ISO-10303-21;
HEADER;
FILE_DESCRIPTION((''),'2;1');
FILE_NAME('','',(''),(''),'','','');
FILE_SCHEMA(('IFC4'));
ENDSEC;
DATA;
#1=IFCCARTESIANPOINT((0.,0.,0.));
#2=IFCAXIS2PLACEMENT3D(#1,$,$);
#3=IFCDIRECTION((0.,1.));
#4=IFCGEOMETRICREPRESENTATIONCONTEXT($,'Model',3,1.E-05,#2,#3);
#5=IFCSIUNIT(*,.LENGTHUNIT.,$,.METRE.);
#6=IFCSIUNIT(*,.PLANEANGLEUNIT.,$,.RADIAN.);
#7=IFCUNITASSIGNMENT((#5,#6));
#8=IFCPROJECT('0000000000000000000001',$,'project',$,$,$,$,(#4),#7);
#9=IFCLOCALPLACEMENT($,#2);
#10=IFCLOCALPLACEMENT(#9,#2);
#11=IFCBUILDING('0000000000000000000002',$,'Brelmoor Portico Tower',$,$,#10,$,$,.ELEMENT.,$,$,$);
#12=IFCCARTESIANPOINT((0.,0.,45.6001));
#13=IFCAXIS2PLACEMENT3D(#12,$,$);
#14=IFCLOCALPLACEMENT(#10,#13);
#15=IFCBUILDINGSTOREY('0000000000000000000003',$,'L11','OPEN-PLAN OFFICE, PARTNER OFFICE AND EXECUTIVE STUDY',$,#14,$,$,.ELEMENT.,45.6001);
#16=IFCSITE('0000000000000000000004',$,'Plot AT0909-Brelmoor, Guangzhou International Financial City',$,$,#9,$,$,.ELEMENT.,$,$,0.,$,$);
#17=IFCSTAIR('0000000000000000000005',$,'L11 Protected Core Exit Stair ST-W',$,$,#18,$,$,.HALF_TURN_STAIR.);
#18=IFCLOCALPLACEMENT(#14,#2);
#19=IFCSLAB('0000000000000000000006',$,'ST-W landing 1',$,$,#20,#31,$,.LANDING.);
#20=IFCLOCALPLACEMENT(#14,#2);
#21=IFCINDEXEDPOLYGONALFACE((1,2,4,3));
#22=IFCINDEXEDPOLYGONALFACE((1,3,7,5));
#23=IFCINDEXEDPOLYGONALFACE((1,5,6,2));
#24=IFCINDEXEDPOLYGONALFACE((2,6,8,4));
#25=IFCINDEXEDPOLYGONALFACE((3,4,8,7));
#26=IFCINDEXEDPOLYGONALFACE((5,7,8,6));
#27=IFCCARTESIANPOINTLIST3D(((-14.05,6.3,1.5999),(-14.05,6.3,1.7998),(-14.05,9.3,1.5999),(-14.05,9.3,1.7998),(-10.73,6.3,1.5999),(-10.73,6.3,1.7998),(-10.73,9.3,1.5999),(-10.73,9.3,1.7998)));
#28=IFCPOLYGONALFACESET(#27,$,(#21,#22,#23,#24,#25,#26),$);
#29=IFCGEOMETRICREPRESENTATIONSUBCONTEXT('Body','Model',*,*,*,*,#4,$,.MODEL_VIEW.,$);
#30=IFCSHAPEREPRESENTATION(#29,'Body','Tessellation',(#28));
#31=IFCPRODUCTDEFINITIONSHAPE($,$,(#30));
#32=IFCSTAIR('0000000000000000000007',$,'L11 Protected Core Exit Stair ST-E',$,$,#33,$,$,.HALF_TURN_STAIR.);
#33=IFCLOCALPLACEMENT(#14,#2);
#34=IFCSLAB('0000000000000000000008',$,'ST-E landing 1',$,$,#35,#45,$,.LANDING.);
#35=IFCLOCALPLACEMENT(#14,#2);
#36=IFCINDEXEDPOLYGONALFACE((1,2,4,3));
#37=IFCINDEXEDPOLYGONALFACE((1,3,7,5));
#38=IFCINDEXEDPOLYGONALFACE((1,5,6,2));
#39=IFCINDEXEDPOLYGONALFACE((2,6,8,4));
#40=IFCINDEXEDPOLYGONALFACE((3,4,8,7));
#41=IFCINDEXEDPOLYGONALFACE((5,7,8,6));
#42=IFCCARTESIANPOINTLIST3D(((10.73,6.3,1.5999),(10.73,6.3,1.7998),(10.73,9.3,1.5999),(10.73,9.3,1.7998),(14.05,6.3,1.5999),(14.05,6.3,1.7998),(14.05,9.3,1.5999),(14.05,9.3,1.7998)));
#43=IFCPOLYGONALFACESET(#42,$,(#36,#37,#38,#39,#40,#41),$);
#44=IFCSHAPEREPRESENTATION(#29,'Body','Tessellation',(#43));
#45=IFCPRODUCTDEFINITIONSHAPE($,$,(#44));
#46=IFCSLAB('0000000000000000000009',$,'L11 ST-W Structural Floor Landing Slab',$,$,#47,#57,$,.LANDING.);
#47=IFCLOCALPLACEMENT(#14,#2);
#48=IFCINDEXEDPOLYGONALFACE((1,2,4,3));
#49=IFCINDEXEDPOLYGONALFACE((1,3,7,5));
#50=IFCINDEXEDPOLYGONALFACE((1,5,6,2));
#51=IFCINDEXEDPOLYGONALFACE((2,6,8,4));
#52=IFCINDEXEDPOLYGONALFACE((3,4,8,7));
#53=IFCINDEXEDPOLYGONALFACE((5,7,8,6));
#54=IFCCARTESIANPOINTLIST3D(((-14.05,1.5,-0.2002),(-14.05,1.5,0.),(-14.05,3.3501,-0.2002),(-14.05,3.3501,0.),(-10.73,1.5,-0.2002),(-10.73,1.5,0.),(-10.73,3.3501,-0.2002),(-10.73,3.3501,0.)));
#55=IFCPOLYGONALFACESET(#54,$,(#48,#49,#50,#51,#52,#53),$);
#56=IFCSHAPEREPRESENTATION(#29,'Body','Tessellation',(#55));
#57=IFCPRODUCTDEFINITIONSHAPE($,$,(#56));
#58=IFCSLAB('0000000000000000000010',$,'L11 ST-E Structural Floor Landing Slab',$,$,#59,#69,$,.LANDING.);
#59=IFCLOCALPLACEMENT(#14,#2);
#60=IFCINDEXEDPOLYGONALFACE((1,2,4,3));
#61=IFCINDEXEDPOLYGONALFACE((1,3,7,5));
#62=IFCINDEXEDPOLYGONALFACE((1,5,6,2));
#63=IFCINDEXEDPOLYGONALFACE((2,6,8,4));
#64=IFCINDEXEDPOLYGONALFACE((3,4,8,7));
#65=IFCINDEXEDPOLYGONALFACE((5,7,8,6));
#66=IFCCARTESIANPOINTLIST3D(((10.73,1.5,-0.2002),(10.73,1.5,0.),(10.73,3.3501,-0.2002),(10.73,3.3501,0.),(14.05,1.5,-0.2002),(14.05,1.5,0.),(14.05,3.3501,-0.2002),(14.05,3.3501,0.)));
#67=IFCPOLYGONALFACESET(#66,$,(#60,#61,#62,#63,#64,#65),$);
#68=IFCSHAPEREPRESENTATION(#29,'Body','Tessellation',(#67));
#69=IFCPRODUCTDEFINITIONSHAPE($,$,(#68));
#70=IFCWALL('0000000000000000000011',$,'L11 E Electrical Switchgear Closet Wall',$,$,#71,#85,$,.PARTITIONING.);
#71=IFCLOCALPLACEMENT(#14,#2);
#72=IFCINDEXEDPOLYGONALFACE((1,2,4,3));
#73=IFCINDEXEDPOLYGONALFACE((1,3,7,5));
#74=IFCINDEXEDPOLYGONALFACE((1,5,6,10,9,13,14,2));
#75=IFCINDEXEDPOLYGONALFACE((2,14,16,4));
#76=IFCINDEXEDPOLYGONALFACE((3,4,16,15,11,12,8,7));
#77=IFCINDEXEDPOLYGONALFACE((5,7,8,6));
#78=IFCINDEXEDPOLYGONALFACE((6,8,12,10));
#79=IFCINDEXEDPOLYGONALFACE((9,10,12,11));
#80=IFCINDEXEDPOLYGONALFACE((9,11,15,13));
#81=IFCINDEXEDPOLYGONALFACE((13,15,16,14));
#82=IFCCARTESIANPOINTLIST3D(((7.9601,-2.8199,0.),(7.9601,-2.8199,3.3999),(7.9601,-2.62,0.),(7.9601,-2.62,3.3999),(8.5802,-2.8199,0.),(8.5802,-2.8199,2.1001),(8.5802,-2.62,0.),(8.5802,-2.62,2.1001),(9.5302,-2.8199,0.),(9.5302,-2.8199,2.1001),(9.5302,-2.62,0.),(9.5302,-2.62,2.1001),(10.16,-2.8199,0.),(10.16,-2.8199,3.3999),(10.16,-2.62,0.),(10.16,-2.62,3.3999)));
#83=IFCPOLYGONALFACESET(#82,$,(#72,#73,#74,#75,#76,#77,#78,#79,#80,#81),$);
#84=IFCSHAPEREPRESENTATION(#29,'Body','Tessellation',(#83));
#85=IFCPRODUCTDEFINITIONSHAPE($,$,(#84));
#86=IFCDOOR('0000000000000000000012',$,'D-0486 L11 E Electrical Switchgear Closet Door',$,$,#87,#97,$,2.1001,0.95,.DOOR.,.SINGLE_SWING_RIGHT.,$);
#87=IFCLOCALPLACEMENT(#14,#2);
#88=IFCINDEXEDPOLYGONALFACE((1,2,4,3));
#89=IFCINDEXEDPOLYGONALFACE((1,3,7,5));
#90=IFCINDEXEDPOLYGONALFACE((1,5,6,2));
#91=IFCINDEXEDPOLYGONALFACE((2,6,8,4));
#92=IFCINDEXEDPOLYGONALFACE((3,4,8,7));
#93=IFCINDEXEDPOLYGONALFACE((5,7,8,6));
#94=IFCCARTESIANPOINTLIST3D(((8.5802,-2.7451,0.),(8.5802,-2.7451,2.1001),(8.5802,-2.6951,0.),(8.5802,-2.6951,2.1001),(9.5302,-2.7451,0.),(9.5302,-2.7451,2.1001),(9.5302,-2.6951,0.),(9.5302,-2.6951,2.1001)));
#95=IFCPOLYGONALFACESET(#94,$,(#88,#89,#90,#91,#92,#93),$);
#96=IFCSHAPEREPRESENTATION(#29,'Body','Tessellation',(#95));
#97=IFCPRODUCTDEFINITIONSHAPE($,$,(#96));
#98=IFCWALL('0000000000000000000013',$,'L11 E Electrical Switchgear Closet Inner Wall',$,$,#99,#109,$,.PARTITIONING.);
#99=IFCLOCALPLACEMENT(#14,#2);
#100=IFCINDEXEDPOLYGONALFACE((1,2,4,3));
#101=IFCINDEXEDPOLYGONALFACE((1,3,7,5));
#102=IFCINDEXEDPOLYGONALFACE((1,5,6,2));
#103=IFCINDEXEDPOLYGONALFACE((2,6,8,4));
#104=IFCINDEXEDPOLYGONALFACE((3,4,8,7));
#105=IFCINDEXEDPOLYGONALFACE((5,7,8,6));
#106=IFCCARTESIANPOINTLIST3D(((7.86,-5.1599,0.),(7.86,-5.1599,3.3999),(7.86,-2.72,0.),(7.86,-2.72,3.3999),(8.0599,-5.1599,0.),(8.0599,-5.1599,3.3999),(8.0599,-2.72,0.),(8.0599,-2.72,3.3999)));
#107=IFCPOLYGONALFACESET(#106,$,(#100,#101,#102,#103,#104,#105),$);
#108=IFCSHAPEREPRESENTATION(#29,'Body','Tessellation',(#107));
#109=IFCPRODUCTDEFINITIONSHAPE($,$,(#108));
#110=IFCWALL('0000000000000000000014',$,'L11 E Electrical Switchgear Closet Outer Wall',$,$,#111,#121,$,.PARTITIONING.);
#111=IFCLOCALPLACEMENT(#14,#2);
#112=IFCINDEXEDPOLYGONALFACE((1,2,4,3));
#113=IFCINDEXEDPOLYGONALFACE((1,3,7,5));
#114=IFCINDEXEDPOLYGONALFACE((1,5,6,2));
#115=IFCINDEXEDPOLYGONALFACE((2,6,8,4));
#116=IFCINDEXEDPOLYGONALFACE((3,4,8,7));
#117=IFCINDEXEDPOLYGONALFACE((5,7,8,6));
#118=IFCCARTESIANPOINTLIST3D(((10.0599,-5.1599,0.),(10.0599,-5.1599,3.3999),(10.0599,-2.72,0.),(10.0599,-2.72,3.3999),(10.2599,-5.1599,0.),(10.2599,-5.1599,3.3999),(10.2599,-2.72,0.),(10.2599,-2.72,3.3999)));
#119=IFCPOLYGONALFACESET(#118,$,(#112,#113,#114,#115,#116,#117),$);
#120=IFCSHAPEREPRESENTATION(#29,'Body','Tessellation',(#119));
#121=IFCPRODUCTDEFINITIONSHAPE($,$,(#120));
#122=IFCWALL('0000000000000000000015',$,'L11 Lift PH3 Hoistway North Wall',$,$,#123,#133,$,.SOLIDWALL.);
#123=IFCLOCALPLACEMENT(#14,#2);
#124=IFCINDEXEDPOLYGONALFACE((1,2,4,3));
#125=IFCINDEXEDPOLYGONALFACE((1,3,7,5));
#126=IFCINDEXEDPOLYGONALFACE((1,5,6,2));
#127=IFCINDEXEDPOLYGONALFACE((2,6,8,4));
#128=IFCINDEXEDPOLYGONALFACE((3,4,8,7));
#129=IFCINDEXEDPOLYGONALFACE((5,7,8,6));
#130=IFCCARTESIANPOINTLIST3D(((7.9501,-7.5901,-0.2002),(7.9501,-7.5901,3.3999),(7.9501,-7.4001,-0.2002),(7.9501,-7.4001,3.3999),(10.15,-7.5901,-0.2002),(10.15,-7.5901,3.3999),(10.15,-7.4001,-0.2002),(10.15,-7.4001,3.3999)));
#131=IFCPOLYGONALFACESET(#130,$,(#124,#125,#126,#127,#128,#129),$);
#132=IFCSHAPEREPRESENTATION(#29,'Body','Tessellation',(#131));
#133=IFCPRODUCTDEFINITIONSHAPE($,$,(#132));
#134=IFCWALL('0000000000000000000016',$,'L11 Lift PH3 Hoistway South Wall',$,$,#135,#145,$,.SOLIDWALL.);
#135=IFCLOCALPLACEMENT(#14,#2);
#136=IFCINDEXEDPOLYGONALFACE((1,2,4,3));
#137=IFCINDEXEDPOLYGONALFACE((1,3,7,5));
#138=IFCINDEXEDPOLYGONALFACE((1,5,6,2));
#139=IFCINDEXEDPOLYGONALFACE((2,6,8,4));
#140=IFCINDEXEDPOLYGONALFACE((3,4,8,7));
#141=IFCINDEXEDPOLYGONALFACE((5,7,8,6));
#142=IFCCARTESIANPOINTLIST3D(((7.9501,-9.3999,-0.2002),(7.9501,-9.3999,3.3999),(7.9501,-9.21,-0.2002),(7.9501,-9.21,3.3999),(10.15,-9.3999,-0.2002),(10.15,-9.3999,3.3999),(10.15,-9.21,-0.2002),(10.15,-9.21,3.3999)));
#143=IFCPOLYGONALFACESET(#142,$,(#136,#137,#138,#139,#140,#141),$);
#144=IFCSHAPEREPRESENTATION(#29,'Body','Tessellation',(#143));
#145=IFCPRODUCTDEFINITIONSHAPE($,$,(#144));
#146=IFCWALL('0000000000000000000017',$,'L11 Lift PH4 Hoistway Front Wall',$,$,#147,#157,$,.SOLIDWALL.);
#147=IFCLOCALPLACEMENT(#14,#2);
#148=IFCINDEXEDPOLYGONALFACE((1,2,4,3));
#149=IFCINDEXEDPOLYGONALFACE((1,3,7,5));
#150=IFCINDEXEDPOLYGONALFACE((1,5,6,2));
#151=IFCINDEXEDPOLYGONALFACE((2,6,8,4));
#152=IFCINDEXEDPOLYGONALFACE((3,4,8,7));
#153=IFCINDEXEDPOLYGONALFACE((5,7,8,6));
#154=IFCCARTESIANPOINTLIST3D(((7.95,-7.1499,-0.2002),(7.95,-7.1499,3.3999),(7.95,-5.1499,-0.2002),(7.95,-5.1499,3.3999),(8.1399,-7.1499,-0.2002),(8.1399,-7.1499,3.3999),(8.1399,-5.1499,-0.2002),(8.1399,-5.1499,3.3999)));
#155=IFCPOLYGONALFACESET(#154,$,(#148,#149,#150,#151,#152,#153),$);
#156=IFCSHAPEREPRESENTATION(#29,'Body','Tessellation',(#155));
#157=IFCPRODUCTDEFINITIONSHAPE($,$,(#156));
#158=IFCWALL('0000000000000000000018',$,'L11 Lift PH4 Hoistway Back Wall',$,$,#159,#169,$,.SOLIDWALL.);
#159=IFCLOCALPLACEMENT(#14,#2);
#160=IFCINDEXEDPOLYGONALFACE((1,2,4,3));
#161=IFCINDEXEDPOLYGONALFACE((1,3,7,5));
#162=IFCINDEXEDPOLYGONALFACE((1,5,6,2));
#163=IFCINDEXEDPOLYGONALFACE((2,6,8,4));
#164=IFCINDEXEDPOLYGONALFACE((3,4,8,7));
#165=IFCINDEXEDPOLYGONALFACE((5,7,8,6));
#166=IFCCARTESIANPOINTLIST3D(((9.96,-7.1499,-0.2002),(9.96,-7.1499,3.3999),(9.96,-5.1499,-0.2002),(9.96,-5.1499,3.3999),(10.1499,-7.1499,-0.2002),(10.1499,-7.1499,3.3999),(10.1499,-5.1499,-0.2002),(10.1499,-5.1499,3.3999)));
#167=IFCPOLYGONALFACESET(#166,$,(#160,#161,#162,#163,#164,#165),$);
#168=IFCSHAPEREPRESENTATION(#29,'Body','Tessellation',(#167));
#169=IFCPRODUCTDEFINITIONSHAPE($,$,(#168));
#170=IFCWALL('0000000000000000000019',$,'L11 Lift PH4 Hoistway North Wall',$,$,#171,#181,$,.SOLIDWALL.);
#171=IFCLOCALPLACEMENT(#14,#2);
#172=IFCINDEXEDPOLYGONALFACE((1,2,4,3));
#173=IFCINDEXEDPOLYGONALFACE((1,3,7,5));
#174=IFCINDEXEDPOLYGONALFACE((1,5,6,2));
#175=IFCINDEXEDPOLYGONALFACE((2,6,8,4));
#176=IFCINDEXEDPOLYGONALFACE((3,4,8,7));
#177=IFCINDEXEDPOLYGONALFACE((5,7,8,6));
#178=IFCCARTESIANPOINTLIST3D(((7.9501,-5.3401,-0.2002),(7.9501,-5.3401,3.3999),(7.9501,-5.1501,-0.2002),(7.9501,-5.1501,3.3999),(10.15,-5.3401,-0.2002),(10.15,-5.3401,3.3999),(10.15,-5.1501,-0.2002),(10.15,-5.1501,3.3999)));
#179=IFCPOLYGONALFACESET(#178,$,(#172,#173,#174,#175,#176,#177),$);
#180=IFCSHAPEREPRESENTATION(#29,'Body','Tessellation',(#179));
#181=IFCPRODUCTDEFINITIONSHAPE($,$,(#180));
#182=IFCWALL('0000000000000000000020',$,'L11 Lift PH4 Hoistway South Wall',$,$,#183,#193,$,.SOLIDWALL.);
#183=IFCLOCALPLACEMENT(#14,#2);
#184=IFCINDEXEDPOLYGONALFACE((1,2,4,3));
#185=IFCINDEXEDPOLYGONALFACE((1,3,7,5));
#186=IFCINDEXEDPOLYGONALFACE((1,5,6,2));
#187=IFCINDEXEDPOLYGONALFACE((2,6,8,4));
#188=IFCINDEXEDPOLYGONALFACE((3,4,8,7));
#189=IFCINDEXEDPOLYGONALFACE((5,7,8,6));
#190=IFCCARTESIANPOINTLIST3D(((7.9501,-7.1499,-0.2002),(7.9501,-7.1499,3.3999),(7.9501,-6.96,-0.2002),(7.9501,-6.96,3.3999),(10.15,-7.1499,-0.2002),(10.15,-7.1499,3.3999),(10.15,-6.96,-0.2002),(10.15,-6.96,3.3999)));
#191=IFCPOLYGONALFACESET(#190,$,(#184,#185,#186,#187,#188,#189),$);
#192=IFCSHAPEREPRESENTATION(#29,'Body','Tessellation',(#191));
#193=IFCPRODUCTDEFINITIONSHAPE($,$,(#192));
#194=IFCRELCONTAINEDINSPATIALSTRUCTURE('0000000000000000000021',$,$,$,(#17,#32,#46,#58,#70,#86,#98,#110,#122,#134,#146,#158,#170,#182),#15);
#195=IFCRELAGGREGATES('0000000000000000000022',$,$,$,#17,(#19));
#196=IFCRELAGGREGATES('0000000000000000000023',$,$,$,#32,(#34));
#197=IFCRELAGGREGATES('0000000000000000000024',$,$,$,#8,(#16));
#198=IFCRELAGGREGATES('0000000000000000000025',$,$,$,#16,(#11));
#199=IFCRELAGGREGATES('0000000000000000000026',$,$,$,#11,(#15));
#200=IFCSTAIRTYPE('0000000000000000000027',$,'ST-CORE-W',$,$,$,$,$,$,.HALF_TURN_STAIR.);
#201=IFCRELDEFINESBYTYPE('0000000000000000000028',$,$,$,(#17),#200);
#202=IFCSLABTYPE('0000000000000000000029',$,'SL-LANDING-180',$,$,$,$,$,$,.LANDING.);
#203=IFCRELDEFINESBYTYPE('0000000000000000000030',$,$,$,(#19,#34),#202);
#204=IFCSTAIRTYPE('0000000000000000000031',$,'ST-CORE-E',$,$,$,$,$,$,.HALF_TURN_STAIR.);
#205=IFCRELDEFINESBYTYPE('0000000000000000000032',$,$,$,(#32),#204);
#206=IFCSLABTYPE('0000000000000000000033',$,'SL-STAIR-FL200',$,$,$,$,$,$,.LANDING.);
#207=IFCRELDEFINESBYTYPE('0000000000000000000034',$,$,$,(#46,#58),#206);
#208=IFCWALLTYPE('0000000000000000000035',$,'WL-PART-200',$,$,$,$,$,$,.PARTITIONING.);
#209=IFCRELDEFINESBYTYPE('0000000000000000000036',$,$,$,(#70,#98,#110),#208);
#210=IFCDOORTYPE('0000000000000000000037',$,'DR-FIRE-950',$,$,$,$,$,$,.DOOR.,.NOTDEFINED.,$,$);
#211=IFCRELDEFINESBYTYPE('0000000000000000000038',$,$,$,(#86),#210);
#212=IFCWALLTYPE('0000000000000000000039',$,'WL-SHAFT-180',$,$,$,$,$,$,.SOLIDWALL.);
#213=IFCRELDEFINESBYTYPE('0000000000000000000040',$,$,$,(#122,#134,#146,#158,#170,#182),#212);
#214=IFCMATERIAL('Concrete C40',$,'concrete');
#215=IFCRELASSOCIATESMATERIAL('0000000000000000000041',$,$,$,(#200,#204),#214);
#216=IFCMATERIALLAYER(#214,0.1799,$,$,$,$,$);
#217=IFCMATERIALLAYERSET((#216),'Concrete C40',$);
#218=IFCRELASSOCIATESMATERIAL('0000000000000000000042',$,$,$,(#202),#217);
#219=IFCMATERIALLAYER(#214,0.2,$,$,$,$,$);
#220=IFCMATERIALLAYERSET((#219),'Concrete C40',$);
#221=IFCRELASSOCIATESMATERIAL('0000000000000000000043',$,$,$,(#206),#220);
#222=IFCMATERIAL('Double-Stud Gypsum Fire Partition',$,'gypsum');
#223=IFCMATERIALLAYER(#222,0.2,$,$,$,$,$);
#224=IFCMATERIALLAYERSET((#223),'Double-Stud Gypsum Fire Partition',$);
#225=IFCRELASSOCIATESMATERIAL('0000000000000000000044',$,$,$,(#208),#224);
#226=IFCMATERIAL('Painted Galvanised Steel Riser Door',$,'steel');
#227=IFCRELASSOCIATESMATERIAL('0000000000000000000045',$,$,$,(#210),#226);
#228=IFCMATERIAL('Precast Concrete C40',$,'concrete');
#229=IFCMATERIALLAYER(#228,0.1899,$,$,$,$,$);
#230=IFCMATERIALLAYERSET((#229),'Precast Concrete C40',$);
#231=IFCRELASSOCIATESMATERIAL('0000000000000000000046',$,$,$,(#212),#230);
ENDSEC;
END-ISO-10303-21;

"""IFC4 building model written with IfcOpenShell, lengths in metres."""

from ifc_helpers import new_model, si_unit, direction, frame, frame_2d, origin, place, context, subcontext, project, spatial, polyline, rectangle, outline, extrude, material, layer, layer_set, type_object, element, fill, aggregate, save


model = new_model("IFC4")

# Units and contexts
model_context = context("Model", 3, precision=1e-05, world=origin(), true_north=direction((0.0, 1.0)))
body_context = subcontext(model_context, "Body", "Model", "MODEL_VIEW")
ifc_project = project(units=[si_unit("LENGTHUNIT", "METRE"), si_unit("PLANEANGLEUNIT", "RADIAN")], contexts=[model_context])

# Site, building, storey
site_placement = place(None, origin())
site = spatial("IfcSite", under=ifc_project, at=site_placement, Name="Plot AT0909-Brelmoor, Guangzhou International Financial City", CompositionType="ELEMENT", RefElevation=0.0)
building_placement = place(site_placement, origin())
building = spatial("IfcBuilding", under=site, at=building_placement, Name="Brelmoor Portico Tower", CompositionType="ELEMENT")
storey_placement = place(building_placement, frame((0.0, 0.0, 45.6001)))
storey = spatial("IfcBuildingStorey", under=building, at=storey_placement, Name="L11", Description="OPEN-PLAN OFFICE, PARTNER OFFICE AND EXECUTIVE STUDY", CompositionType="ELEMENT", Elevation=45.6001)

# Shared definitions
ifc_material_1 = material(Name="Concrete C40", Category="concrete")

# Stairs, slabs
stair_type_1 = type_object("IfcStairType", Name="ST-CORE-W", PredefinedType="HALF_TURN_STAIR", material=ifc_material_1)
stair_1_placement = place(storey_placement, origin())
stair_1 = element("IfcStair", 1, at=stair_1_placement, inside=storey, type_object=stair_type_1, Name="L11 Protected Core Exit Stair ST-W", PredefinedType="HALF_TURN_STAIR")
ifc_layer_1 = layer(ifc_material_1, 0.1799)
ifc_layer_set_1 = layer_set([ifc_layer_1], Name="Concrete C40")
slab_type_1 = type_object("IfcSlabType", Name="SL-LANDING-180", PredefinedType="LANDING", material=ifc_layer_set_1)
slab_1_placement = place(storey_placement, frame((0.0, 0.0, 1.5999)))
slab_1 = element("IfcSlab", 2, at=slab_1_placement, type_object=slab_type_1, Name="ST-W landing 1", PredefinedType="LANDING", context=body_context, shape_type="SweptSolid", body=[
    extrude(outline(polyline([(-10.73, 6.3), (-10.73, 9.3), (-14.05, 9.3), (-14.05, 6.3), (-10.73, 6.3)])), origin(), (0.0, 0.0, 1.0), 0.2),
])
aggregate(stair_1, [slab_1])
stair_type_2 = type_object("IfcStairType", Name="ST-CORE-E", PredefinedType="HALF_TURN_STAIR", material=ifc_material_1)
stair_2_placement = place(storey_placement, origin())
stair_2 = element("IfcStair", 3, at=stair_2_placement, inside=storey, type_object=stair_type_2, Name="L11 Protected Core Exit Stair ST-E", PredefinedType="HALF_TURN_STAIR")
slab_2_placement = place(storey_placement, frame((0.0, 0.0, 1.5999)))
slab_2 = element("IfcSlab", 4, at=slab_2_placement, type_object=slab_type_1, Name="ST-E landing 1", PredefinedType="LANDING", context=body_context, shape_type="SweptSolid", body=[
    extrude(outline(polyline([(14.05, 6.3), (14.05, 9.3), (10.73, 9.3), (10.73, 6.3), (14.05, 6.3)])), origin(), (0.0, 0.0, 1.0), 0.2),
])
aggregate(stair_2, [slab_2])

# Slabs
ifc_layer_2 = layer(ifc_material_1, 0.2)
ifc_layer_set_2 = layer_set([ifc_layer_2], Name="Concrete C40")
slab_type_2 = type_object("IfcSlabType", Name="SL-STAIR-FL200", PredefinedType="LANDING", material=ifc_layer_set_2)
slab_3_placement = place(storey_placement, frame((0.0, 0.0, -0.2002)))
element("IfcSlab", 5, at=slab_3_placement, inside=storey, type_object=slab_type_2, Name="L11 ST-W Structural Floor Landing Slab", PredefinedType="LANDING", context=body_context, shape_type="SweptSolid", body=[
    extrude(outline(polyline([(-10.73, 1.5), (-10.73, 3.3501), (-14.05, 3.3501), (-14.05, 1.5), (-10.73, 1.5)])), origin(), (0.0, 0.0, 1.0), 0.2002),
])
slab_4_placement = place(storey_placement, frame((0.0, 0.0, -0.2002)))
element("IfcSlab", 6, at=slab_4_placement, inside=storey, type_object=slab_type_2, Name="L11 ST-E Structural Floor Landing Slab", PredefinedType="LANDING", context=body_context, shape_type="SweptSolid", body=[
    extrude(outline(polyline([(14.05, 1.5), (14.05, 3.3501), (10.73, 3.3501), (10.73, 1.5), (14.05, 1.5)])), origin(), (0.0, 0.0, 1.0), 0.2002),
])

# Wall, opening, door
ifc_material_2 = material(Name="Double-Stud Gypsum Fire Partition", Category="gypsum")
ifc_layer_3 = layer(ifc_material_2, 0.2)
ifc_layer_set_3 = layer_set([ifc_layer_3], Name="Double-Stud Gypsum Fire Partition")
wall_type_1 = type_object("IfcWallType", Name="WL-PART-200", PredefinedType="PARTITIONING", material=ifc_layer_set_3)
wall_1_placement = place(storey_placement, frame((7.96, -2.72, 0.0), z_axis=(0.0, 0.0, 1.0), x_axis=(1.0, 0.0, 0.0)))
wall_1 = element("IfcWall", 7, at=wall_1_placement, inside=storey, type_object=wall_type_1, Name="L11 E Electrical Switchgear Closet Wall", PredefinedType="PARTITIONING", context=body_context, shape_type="SweptSolid", body=[
    extrude(rectangle(XDim=2.2, YDim=0.2, at=frame_2d((1.1001, 0.0))), origin(), (0.0, 0.0, 1.0), 3.3999),
])
opening_1_placement = place(wall_1_placement, frame((0.6201, 0.0, 0.0)))
opening_1 = element("IfcOpeningElement", 8, at=opening_1_placement, cuts=wall_1, PredefinedType="OPENING", context=body_context, shape_type="SweptSolid", body=[
    extrude(rectangle(XDim=0.95, YDim=2.1001, at=frame_2d((0.4751, 1.05))), frame((0.0, 0.1099, 0.0), z_axis=(0.0, -1.0, 0.0), x_axis=(1.0, 0.0, 0.0)), (0.0, 0.0, 1.0), 0.22),
])
ifc_material_3 = material(Name="Painted Galvanised Steel Riser Door", Category="steel")
door_type_1 = type_object("IfcDoorType", Name="DR-FIRE-950", OperationType="NOTDEFINED", PredefinedType="DOOR", material=ifc_material_3)
door_1_placement = place(opening_1_placement, origin())
door_1 = element("IfcDoor", 9, at=door_1_placement, inside=storey, type_object=door_type_1, Name="D-0486 L11 E Electrical Switchgear Closet Door", OperationType="SINGLE_SWING_RIGHT", OverallHeight=2.1001, OverallWidth=0.95, PredefinedType="DOOR", context=body_context, shape_type="SweptSolid", body=[
    extrude(rectangle(XDim=0.95, YDim=2.1001, at=frame_2d((0.4751, 1.05))), frame((0.0, 0.0249, 0.0), z_axis=(0.0, -1.0, 0.0), x_axis=(1.0, 0.0, 0.0)), (0.0, 0.0, 1.0), 0.05),
])
fill(opening_1, door_1)

# Walls
for number, where, z_axis, x_axis, name in (
    (10, (7.96, -5.1599, 0.0), (0.0, 0.0, 1.0), (0.0, 1.0, 0.0), "L11 E Electrical Switchgear Closet Inner Wall"),
    (11, (10.1599, -5.1599, 0.0), (0.0, 0.0, 1.0), (0.0, 1.0, 0.0), "L11 E Electrical Switchgear Closet Outer Wall"),
):
    element("IfcWall", number, at=place(storey_placement, frame(where, z_axis=z_axis, x_axis=x_axis)), inside=storey, type_object=wall_type_1, Name=name, PredefinedType="PARTITIONING", context=body_context, shape_type="SweptSolid", body=[
        extrude(rectangle(XDim=2.4399, YDim=0.2, at=frame_2d((1.22, 0.0))), origin(), (0.0, 0.0, 1.0), 3.3999),
    ])
ifc_material_4 = material(Name="Precast Concrete C40", Category="concrete")
ifc_layer_4 = layer(ifc_material_4, 0.1899)
ifc_layer_set_4 = layer_set([ifc_layer_4], Name="Precast Concrete C40")
wall_type_2 = type_object("IfcWallType", Name="WL-SHAFT-180", PredefinedType="SOLIDWALL", material=ifc_layer_set_4)
for number, where, z_axis, x_axis, name in (
    (12, (7.95, -7.4951, -0.2002), (0.0, 0.0, 1.0), (1.0, 0.0, 0.0), "L11 Lift PH3 Hoistway North Wall"),
    (13, (7.95, -9.3049, -0.2002), (0.0, 0.0, 1.0), (1.0, 0.0, 0.0), "L11 Lift PH3 Hoistway South Wall"),
):
    element("IfcWall", number, at=place(storey_placement, frame(where, z_axis=z_axis, x_axis=x_axis)), inside=storey, type_object=wall_type_2, Name=name, PredefinedType="SOLIDWALL", context=body_context, shape_type="SweptSolid", body=[
        extrude(rectangle(XDim=2.2, YDim=0.1899, at=frame_2d((1.1001, 0.0))), origin(), (0.0, 0.0, 1.0), 3.6001),
    ])
for number, where, z_axis, x_axis, name in (
    (14, (8.0449, -7.1499, -0.2002), (0.0, 0.0, 1.0), (0.0, 1.0, 0.0), "L11 Lift PH4 Hoistway Front Wall"),
    (15, (10.0549, -7.1499, -0.2002), (0.0, 0.0, 1.0), (0.0, 1.0, 0.0), "L11 Lift PH4 Hoistway Back Wall"),
):
    element("IfcWall", number, at=place(storey_placement, frame(where, z_axis=z_axis, x_axis=x_axis)), inside=storey, type_object=wall_type_2, Name=name, PredefinedType="SOLIDWALL", context=body_context, shape_type="SweptSolid", body=[
        extrude(rectangle(XDim=2.0, YDim=0.1899, at=frame_2d((1.0, 0.0))), origin(), (0.0, 0.0, 1.0), 3.6001),
    ])
for number, where, z_axis, x_axis, name in (
    (16, (7.95, -5.2451, -0.2002), (0.0, 0.0, 1.0), (1.0, 0.0, 0.0), "L11 Lift PH4 Hoistway North Wall"),
    (17, (7.95, -7.0549, -0.2002), (0.0, 0.0, 1.0), (1.0, 0.0, 0.0), "L11 Lift PH4 Hoistway South Wall"),
):
    element("IfcWall", number, at=place(storey_placement, frame(where, z_axis=z_axis, x_axis=x_axis)), inside=storey, type_object=wall_type_2, Name=name, PredefinedType="SOLIDWALL", context=body_context, shape_type="SweptSolid", body=[
        extrude(rectangle(XDim=2.2, YDim=0.1899, at=frame_2d((1.1001, 0.0))), origin(), (0.0, 0.0, 1.0), 3.6001),
    ])

save(model, "model.ifc")
